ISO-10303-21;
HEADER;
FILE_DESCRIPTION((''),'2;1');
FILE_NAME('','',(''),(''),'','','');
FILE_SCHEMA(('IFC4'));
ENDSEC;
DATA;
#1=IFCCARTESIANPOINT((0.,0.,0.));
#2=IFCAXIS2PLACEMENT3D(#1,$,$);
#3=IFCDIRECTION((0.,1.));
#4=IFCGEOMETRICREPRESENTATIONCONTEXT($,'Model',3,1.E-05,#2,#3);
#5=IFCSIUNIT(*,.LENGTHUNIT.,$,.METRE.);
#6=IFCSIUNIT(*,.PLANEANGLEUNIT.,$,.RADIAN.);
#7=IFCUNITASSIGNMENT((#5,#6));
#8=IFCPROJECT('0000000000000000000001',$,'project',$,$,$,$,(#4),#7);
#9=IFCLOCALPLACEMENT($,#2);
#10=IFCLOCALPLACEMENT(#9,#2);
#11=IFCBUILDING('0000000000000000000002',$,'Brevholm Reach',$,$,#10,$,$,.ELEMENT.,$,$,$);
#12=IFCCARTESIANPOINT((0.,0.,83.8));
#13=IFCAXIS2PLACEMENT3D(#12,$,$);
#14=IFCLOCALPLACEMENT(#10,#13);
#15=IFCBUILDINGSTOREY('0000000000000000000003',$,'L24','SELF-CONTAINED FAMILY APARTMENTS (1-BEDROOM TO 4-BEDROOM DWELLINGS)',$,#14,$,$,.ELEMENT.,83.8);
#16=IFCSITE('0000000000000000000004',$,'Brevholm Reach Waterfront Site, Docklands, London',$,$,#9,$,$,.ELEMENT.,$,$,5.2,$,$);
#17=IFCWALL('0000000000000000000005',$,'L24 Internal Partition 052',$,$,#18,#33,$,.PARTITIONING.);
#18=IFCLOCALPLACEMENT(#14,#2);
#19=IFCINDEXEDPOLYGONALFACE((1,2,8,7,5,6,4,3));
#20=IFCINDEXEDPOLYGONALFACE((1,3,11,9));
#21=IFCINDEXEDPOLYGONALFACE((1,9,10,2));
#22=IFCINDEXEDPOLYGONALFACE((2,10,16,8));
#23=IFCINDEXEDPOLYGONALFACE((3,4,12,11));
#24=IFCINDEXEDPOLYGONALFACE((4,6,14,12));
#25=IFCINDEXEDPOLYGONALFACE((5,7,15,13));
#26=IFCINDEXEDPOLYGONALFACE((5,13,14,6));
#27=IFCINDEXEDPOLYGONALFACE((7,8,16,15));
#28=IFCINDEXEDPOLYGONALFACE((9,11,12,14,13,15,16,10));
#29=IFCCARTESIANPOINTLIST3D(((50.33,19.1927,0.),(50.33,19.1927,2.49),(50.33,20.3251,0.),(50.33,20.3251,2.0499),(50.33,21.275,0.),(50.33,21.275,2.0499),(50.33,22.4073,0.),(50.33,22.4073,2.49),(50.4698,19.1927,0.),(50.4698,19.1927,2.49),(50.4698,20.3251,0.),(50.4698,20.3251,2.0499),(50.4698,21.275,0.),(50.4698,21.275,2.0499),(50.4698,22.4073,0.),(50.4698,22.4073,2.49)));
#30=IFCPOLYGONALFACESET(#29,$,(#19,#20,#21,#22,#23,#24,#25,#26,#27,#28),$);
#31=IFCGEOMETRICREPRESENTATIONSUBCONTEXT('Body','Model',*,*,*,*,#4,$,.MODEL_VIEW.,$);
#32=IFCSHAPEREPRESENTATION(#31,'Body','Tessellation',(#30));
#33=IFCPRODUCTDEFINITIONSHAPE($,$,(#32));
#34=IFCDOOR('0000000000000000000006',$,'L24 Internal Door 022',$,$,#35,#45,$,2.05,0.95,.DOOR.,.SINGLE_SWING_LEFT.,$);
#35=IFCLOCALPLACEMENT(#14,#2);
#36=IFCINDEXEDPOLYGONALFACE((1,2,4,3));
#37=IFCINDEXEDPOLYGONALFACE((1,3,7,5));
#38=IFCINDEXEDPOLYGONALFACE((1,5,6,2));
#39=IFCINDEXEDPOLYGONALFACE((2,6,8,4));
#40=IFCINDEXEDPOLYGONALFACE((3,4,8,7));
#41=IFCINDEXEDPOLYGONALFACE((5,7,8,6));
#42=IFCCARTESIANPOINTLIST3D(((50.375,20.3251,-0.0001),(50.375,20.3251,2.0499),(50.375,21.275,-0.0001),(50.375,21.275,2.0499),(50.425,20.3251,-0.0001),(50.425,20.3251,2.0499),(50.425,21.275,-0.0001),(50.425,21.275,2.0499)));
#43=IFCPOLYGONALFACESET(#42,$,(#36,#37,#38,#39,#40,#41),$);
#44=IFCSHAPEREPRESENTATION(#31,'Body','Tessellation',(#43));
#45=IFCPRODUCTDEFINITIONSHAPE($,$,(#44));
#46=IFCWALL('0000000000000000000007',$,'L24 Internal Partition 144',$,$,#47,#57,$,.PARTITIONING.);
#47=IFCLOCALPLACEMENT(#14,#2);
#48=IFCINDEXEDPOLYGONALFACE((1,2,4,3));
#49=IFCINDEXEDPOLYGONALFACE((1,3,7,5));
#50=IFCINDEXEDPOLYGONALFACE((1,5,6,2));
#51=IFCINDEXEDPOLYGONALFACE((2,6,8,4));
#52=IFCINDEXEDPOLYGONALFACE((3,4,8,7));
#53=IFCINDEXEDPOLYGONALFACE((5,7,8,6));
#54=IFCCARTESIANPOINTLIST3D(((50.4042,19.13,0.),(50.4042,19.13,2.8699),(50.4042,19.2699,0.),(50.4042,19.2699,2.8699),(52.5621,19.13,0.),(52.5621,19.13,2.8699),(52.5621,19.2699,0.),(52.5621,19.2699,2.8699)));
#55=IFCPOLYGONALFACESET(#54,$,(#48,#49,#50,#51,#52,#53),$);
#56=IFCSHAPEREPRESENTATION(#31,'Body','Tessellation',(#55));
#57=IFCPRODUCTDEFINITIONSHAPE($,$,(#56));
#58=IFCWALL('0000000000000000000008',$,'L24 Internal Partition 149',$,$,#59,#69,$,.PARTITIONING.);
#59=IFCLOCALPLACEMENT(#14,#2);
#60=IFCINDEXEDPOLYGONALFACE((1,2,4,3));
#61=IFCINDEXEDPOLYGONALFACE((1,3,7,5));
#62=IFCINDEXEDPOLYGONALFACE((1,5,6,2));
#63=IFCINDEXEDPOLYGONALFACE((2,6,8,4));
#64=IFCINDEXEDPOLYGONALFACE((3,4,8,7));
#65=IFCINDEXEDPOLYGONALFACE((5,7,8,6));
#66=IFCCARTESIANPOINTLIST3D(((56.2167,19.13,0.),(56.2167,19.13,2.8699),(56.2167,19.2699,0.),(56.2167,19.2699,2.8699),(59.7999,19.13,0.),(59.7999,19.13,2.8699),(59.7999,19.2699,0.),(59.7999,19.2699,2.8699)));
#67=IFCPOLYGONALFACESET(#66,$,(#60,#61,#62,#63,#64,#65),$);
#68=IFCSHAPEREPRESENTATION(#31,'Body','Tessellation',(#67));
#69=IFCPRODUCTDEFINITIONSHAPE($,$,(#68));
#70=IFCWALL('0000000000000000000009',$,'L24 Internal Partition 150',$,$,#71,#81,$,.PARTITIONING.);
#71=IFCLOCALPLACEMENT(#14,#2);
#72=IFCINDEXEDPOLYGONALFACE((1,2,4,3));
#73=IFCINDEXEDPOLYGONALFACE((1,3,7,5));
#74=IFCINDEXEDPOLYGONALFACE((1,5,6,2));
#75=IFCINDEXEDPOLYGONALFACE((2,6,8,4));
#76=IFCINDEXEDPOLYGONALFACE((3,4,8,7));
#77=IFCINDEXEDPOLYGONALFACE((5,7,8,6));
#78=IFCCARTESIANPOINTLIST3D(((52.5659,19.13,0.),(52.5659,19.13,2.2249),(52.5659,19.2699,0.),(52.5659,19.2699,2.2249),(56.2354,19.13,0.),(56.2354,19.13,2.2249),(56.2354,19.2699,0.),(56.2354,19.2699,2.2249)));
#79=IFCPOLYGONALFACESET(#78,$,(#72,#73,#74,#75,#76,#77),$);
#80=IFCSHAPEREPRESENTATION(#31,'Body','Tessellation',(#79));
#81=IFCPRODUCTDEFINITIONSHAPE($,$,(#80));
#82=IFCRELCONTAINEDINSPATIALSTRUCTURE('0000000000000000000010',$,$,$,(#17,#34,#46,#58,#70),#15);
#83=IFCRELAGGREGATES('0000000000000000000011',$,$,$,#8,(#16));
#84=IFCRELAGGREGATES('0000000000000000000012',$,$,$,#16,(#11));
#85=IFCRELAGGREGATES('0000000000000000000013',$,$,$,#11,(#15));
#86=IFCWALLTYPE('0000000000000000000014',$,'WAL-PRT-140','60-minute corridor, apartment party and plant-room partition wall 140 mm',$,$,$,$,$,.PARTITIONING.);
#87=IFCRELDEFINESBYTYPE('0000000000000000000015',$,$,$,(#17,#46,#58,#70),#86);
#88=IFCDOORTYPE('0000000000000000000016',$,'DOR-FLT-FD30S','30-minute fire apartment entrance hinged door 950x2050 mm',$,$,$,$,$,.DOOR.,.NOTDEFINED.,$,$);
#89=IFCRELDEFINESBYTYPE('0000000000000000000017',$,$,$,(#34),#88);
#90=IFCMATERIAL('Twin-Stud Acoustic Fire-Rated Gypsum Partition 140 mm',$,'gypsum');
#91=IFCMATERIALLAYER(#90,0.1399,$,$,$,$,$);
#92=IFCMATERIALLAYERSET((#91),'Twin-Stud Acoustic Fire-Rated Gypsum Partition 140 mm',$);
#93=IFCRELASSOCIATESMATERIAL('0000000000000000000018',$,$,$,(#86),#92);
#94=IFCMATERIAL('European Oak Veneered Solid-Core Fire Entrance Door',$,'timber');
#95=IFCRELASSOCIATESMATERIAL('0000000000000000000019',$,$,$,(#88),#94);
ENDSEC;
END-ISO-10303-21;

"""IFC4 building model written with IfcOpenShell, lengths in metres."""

from ifc_helpers import new_model, si_unit, direction, frame, frame_2d, origin, place, context, subcontext, project, spatial, rectangle, extrude, material, layer, layer_set, type_object, element, fill, save


model = new_model("IFC4")

# Units and contexts
model_context = context("Model", 3, precision=1e-05, world=origin(), true_north=direction((0.0, 1.0)))
body_context = subcontext(model_context, "Body", "Model", "MODEL_VIEW")
ifc_project = project(units=[si_unit("LENGTHUNIT", "METRE"), si_unit("PLANEANGLEUNIT", "RADIAN")], contexts=[model_context])

# Site, building, storey
site_placement = place(None, origin())
site = spatial("IfcSite", under=ifc_project, at=site_placement, Name="Brevholm Reach Waterfront Site, Docklands, London", CompositionType="ELEMENT", RefElevation=5.2)
building_placement = place(site_placement, origin())
building = spatial("IfcBuilding", under=site, at=building_placement, Name="Brevholm Reach", CompositionType="ELEMENT")
storey_placement = place(building_placement, frame((0.0, 0.0, 83.8)))
storey = spatial("IfcBuildingStorey", under=building, at=storey_placement, Name="L24", Description="SELF-CONTAINED FAMILY APARTMENTS (1-BEDROOM TO 4-BEDROOM DWELLINGS)", CompositionType="ELEMENT", Elevation=83.8)

# Shared definitions
ifc_material_1 = material(Name="Twin-Stud Acoustic Fire-Rated Gypsum Partition 140 mm", Category="gypsum")
ifc_layer_1 = layer(ifc_material_1, 0.1399)
ifc_layer_set_1 = layer_set([ifc_layer_1], Name="Twin-Stud Acoustic Fire-Rated Gypsum Partition 140 mm")
wall_type_1 = type_object("IfcWallType", Name="WAL-PRT-140", Description="60-minute corridor, apartment party and plant-room partition wall 140 mm", PredefinedType="PARTITIONING", material=ifc_layer_set_1)

# Shared definitions
ifc_material_2 = material(Name="European Oak Veneered Solid-Core Fire Entrance Door", Category="timber")
door_type_1 = type_object("IfcDoorType", Name="DOR-FLT-FD30S", Description="30-minute fire apartment entrance hinged door 950x2050 mm", OperationType="NOTDEFINED", PredefinedType="DOOR", material=ifc_material_2)

# Wall, opening, door
wall_1_placement = place(storey_placement, frame((50.3999, 19.1926, 0.0), z_axis=(0.0, 0.0, 1.0), x_axis=(0.0, 1.0, 0.0)))
wall_1 = element("IfcWall", 1, at=wall_1_placement, inside=storey, type_object=wall_type_1, Name="L24 Internal Partition 052", PredefinedType="PARTITIONING", context=body_context, shape_type="SweptSolid", body=[
    extrude(rectangle(XDim=3.2146, YDim=0.1399, at=frame_2d((1.6074, 0.0))), origin(), (0.0, 0.0, 1.0), 2.49),
])
opening_1_placement = place(wall_1_placement, frame((1.1323, 0.0, 0.0)))
opening_1 = element("IfcOpeningElement", 2, at=opening_1_placement, cuts=wall_1, PredefinedType="OPENING", context=body_context, shape_type="SweptSolid", body=[
    extrude(rectangle(XDim=0.95, YDim=2.05, at=frame_2d((0.4751, 1.0249))), frame((0.0, 0.0798, 0.0), z_axis=(0.0, -1.0, 0.0), x_axis=(1.0, 0.0, 0.0)), (0.0, 0.0, 1.0), 0.1599),
])
door_1_placement = place(opening_1_placement, origin())
door_1 = element("IfcDoor", 3, at=door_1_placement, inside=storey, type_object=door_type_1, Name="L24 Internal Door 022", OperationType="SINGLE_SWING_LEFT", OverallHeight=2.05, OverallWidth=0.95, PredefinedType="DOOR", context=body_context, shape_type="SweptSolid", body=[
    extrude(rectangle(XDim=0.95, YDim=2.05, at=frame_2d((0.4751, 1.0249))), frame((0.0, 0.0249, 0.0), z_axis=(0.0, -1.0, 0.0), x_axis=(1.0, 0.0, 0.0)), (0.0, 0.0, 1.0), 0.05),
])
fill(opening_1, door_1)

# Walls
wall_2_placement = place(storey_placement, frame((50.4041, 19.2, 0.0), z_axis=(0.0, 0.0, 1.0), x_axis=(1.0, 0.0, 0.0)))
element("IfcWall", 4, at=wall_2_placement, inside=storey, type_object=wall_type_1, Name="L24 Internal Partition 144", PredefinedType="PARTITIONING", context=body_context, shape_type="SweptSolid", body=[
    extrude(rectangle(XDim=2.158, YDim=0.1399, at=frame_2d((1.0791, 0.0))), origin(), (0.0, 0.0, 1.0), 2.8699),
])
wall_3_placement = place(storey_placement, frame((56.2168, 19.2, 0.0), z_axis=(0.0, 0.0, 1.0), x_axis=(1.0, 0.0, 0.0)))
element("IfcWall", 5, at=wall_3_placement, inside=storey, type_object=wall_type_1, Name="L24 Internal Partition 149", PredefinedType="PARTITIONING", context=body_context, shape_type="SweptSolid", body=[
    extrude(rectangle(XDim=3.5833, YDim=0.1399, at=frame_2d((1.7915, 0.0))), origin(), (0.0, 0.0, 1.0), 2.8699),
])
wall_4_placement = place(storey_placement, frame((52.5659, 19.2, 0.0), z_axis=(0.0, 0.0, 1.0), x_axis=(1.0, 0.0, 0.0)))
element("IfcWall", 6, at=wall_4_placement, inside=storey, type_object=wall_type_1, Name="L24 Internal Partition 150", PredefinedType="PARTITIONING", context=body_context, shape_type="SweptSolid", body=[
    extrude(rectangle(XDim=3.6694, YDim=0.1399, at=frame_2d((1.8347, 0.0))), origin(), (0.0, 0.0, 1.0), 2.2249),
])

save(model, "model.ifc")
